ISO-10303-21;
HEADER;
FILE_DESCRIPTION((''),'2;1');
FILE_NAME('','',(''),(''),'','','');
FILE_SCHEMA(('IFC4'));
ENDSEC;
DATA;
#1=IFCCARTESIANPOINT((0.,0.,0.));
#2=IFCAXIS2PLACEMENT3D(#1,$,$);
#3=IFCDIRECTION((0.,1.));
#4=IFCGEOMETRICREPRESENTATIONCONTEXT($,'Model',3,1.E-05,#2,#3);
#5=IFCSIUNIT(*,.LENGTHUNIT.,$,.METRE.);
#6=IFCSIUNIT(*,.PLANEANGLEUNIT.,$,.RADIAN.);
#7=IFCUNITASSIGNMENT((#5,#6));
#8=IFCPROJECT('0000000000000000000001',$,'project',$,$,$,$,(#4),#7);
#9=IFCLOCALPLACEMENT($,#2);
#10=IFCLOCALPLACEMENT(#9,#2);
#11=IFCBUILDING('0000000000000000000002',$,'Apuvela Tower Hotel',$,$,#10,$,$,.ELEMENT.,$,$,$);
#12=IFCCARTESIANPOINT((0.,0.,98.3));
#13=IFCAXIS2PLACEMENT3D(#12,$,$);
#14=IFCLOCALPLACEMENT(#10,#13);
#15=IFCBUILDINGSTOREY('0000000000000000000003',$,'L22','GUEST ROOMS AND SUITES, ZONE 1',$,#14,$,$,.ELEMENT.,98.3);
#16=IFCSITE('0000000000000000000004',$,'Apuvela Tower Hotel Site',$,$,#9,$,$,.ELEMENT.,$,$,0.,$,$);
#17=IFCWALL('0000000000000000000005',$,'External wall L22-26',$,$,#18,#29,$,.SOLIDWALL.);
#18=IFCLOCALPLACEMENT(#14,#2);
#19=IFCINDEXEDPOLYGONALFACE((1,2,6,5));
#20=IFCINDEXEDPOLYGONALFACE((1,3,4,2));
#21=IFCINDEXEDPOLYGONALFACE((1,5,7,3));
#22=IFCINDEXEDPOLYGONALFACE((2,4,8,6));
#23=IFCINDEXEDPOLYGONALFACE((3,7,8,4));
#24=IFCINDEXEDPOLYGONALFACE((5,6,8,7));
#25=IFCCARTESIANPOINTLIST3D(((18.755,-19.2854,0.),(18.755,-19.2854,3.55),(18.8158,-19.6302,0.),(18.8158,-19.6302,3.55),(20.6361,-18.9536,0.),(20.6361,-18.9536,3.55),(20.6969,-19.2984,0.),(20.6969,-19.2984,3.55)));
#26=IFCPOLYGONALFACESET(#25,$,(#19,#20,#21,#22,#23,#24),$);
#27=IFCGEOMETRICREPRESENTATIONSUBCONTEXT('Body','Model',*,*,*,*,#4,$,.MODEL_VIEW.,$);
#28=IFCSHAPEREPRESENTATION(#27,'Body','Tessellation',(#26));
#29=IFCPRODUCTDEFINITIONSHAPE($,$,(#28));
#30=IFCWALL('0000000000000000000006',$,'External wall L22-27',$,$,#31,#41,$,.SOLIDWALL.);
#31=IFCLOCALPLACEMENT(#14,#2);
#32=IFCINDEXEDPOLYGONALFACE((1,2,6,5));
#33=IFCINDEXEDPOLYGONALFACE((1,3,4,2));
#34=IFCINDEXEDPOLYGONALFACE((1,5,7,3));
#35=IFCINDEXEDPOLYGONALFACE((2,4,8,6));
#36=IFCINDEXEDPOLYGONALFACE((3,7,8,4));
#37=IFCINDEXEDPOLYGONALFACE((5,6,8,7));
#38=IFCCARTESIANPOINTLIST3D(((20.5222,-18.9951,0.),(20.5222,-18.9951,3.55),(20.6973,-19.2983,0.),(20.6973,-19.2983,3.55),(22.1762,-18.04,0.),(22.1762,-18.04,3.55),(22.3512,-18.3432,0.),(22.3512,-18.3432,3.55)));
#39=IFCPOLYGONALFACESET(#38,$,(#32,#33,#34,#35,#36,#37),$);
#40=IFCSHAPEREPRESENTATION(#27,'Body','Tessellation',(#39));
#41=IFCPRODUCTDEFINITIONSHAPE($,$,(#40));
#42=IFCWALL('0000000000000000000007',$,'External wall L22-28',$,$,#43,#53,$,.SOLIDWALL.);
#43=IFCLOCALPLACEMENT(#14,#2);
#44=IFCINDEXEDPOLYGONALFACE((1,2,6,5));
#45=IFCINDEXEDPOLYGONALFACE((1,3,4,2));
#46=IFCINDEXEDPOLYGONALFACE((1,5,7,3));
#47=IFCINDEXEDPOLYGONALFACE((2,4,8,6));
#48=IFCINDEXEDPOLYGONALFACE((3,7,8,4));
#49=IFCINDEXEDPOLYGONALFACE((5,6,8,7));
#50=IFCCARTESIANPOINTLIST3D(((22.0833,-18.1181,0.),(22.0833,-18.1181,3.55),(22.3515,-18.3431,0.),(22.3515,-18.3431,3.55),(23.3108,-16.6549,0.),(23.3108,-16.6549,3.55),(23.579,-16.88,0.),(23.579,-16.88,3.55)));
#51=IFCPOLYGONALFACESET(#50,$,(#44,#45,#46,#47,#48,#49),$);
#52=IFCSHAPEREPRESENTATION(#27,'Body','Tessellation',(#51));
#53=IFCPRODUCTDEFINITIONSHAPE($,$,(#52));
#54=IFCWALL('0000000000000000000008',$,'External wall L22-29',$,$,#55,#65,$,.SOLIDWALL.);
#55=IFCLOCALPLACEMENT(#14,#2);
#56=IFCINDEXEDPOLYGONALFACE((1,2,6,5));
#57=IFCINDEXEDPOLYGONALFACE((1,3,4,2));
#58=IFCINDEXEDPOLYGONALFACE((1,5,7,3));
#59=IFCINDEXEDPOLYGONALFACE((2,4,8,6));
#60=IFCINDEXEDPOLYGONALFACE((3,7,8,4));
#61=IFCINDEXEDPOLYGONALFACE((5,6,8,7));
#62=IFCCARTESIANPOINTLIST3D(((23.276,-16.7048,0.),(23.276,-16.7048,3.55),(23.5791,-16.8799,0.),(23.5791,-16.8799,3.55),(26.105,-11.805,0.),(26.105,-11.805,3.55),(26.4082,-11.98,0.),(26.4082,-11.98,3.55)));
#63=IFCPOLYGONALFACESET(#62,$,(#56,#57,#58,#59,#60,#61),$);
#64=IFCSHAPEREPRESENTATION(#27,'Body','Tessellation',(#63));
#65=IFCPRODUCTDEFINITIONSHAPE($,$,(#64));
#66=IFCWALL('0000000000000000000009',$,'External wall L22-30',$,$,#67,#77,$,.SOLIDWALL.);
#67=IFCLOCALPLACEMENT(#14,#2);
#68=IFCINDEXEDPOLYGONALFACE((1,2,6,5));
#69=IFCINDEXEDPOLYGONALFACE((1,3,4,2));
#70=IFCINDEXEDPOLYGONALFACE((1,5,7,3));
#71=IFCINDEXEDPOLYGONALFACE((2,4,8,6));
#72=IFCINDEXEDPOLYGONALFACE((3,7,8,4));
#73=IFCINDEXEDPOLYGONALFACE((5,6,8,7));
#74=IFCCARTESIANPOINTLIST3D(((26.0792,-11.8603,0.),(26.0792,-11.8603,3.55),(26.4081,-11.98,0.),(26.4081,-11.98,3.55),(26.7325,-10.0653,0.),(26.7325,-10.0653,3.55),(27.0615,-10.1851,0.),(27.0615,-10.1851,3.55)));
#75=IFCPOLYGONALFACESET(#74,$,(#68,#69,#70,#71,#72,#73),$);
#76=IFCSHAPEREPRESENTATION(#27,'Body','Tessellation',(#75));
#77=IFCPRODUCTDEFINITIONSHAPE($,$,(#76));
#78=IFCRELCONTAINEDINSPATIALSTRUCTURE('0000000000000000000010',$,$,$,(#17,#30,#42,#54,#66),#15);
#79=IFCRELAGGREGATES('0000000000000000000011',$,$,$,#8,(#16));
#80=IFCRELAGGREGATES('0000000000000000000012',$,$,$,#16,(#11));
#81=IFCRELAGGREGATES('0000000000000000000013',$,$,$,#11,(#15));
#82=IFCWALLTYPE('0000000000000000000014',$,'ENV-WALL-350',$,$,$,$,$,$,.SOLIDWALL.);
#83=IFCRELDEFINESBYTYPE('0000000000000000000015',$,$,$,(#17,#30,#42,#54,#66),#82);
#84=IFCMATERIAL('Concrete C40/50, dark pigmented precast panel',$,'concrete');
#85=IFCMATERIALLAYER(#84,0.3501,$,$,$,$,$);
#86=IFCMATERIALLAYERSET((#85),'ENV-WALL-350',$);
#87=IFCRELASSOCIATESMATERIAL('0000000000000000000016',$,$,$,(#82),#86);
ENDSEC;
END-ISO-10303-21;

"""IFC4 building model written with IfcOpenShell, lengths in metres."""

from ifc_helpers import new_model, si_unit, direction, frame, frame_2d, origin, place, context, subcontext, project, spatial, rectangle, extrude, material, layer, layer_set, type_object, element, save


model = new_model("IFC4")

# Units and contexts
model_context = context("Model", 3, precision=1e-05, world=origin(), true_north=direction((0.0, 1.0)))
body_context = subcontext(model_context, "Body", "Model", "MODEL_VIEW")
ifc_project = project(units=[si_unit("LENGTHUNIT", "METRE"), si_unit("PLANEANGLEUNIT", "RADIAN")], contexts=[model_context])

# Site, building, storey
site_placement = place(None, origin())
site = spatial("IfcSite", under=ifc_project, at=site_placement, Name="Apuvela Tower Hotel Site", CompositionType="ELEMENT", RefElevation=0.0)
building_placement = place(site_placement, origin())
building = spatial("IfcBuilding", under=site, at=building_placement, Name="Apuvela Tower Hotel", CompositionType="ELEMENT")
storey_placement = place(building_placement, frame((0.0, 0.0, 98.3)))
storey = spatial("IfcBuildingStorey", under=building, at=storey_placement, Name="L22", Description="GUEST ROOMS AND SUITES, ZONE 1", CompositionType="ELEMENT", Elevation=98.3)

# Shared definitions
ifc_material_1 = material(Name="Concrete C40/50, dark pigmented precast panel", Category="concrete")
ifc_layer_1 = layer(ifc_material_1, 0.3501)
ifc_layer_set_1 = layer_set([ifc_layer_1], Name="ENV-WALL-350")
wall_type_1 = type_object("IfcWallType", Name="ENV-WALL-350", PredefinedType="SOLIDWALL", material=ifc_layer_set_1)

# Walls
wall_1_placement = place(storey_placement, frame((18.7854, -19.4578, 0.0), z_axis=(0.0, 0.0, 1.0), x_axis=(0.984799, 0.173698, 0.0)))
element("IfcWall", 1, at=wall_1_placement, inside=storey, type_object=wall_type_1, Name="External wall L22-26", PredefinedType="SOLIDWALL", context=body_context, shape_type="SweptSolid", body=[
    extrude(rectangle(XDim=1.9102, YDim=0.3501, at=frame_2d((0.9551, 0.0))), origin(), (0.0, 0.0, 1.0), 3.55),
])
for number, where, z_axis, x_axis, name in (
    (2, (20.6096, -19.1467, 0.0), (0.0, 0.0, 1.0), (0.866, 0.500043, 0.0), "External wall L22-27"),
    (3, (22.2173, -18.2307, 0.0), (0.0, 0.0, 1.0), (0.642733, 0.76609, 0.0), "External wall L22-28"),
):
    element("IfcWall", number, at=place(storey_placement, frame(where, z_axis=z_axis, x_axis=x_axis)), inside=storey, type_object=wall_type_1, Name=name, PredefinedType="SOLIDWALL", context=body_context, shape_type="SweptSolid", body=[
        extrude(rectangle(XDim=1.9099, YDim=0.3501, at=frame_2d((0.9551, 0.0))), origin(), (0.0, 0.0, 1.0), 3.55),
    ])
wall_2_placement = place(storey_placement, frame((23.4275, -16.7925, 0.0), z_axis=(0.0, 0.0, 1.0), x_axis=(0.500019, 0.866015, 0.0)))
element("IfcWall", 4, at=wall_2_placement, inside=storey, type_object=wall_type_1, Name="External wall L22-29", PredefinedType="SOLIDWALL", context=body_context, shape_type="SweptSolid", body=[
    extrude(rectangle(XDim=5.658, YDim=0.3501, at=frame_2d((2.8291, 0.0))), origin(), (0.0, 0.0, 1.0), 3.55),
])
wall_3_placement = place(storey_placement, frame((26.2437, -11.9202, 0.0), z_axis=(0.0, 0.0, 1.0), x_axis=(0.34203, 0.939689, 0.0)))
element("IfcWall", 5, at=wall_3_placement, inside=storey, type_object=wall_type_1, Name="External wall L22-30", PredefinedType="SOLIDWALL", context=body_context, shape_type="SweptSolid", body=[
    extrude(rectangle(XDim=1.9102, YDim=0.3501, at=frame_2d((0.9551, 0.0))), origin(), (0.0, 0.0, 1.0), 3.55),
])

save(model, "model.ifc")
